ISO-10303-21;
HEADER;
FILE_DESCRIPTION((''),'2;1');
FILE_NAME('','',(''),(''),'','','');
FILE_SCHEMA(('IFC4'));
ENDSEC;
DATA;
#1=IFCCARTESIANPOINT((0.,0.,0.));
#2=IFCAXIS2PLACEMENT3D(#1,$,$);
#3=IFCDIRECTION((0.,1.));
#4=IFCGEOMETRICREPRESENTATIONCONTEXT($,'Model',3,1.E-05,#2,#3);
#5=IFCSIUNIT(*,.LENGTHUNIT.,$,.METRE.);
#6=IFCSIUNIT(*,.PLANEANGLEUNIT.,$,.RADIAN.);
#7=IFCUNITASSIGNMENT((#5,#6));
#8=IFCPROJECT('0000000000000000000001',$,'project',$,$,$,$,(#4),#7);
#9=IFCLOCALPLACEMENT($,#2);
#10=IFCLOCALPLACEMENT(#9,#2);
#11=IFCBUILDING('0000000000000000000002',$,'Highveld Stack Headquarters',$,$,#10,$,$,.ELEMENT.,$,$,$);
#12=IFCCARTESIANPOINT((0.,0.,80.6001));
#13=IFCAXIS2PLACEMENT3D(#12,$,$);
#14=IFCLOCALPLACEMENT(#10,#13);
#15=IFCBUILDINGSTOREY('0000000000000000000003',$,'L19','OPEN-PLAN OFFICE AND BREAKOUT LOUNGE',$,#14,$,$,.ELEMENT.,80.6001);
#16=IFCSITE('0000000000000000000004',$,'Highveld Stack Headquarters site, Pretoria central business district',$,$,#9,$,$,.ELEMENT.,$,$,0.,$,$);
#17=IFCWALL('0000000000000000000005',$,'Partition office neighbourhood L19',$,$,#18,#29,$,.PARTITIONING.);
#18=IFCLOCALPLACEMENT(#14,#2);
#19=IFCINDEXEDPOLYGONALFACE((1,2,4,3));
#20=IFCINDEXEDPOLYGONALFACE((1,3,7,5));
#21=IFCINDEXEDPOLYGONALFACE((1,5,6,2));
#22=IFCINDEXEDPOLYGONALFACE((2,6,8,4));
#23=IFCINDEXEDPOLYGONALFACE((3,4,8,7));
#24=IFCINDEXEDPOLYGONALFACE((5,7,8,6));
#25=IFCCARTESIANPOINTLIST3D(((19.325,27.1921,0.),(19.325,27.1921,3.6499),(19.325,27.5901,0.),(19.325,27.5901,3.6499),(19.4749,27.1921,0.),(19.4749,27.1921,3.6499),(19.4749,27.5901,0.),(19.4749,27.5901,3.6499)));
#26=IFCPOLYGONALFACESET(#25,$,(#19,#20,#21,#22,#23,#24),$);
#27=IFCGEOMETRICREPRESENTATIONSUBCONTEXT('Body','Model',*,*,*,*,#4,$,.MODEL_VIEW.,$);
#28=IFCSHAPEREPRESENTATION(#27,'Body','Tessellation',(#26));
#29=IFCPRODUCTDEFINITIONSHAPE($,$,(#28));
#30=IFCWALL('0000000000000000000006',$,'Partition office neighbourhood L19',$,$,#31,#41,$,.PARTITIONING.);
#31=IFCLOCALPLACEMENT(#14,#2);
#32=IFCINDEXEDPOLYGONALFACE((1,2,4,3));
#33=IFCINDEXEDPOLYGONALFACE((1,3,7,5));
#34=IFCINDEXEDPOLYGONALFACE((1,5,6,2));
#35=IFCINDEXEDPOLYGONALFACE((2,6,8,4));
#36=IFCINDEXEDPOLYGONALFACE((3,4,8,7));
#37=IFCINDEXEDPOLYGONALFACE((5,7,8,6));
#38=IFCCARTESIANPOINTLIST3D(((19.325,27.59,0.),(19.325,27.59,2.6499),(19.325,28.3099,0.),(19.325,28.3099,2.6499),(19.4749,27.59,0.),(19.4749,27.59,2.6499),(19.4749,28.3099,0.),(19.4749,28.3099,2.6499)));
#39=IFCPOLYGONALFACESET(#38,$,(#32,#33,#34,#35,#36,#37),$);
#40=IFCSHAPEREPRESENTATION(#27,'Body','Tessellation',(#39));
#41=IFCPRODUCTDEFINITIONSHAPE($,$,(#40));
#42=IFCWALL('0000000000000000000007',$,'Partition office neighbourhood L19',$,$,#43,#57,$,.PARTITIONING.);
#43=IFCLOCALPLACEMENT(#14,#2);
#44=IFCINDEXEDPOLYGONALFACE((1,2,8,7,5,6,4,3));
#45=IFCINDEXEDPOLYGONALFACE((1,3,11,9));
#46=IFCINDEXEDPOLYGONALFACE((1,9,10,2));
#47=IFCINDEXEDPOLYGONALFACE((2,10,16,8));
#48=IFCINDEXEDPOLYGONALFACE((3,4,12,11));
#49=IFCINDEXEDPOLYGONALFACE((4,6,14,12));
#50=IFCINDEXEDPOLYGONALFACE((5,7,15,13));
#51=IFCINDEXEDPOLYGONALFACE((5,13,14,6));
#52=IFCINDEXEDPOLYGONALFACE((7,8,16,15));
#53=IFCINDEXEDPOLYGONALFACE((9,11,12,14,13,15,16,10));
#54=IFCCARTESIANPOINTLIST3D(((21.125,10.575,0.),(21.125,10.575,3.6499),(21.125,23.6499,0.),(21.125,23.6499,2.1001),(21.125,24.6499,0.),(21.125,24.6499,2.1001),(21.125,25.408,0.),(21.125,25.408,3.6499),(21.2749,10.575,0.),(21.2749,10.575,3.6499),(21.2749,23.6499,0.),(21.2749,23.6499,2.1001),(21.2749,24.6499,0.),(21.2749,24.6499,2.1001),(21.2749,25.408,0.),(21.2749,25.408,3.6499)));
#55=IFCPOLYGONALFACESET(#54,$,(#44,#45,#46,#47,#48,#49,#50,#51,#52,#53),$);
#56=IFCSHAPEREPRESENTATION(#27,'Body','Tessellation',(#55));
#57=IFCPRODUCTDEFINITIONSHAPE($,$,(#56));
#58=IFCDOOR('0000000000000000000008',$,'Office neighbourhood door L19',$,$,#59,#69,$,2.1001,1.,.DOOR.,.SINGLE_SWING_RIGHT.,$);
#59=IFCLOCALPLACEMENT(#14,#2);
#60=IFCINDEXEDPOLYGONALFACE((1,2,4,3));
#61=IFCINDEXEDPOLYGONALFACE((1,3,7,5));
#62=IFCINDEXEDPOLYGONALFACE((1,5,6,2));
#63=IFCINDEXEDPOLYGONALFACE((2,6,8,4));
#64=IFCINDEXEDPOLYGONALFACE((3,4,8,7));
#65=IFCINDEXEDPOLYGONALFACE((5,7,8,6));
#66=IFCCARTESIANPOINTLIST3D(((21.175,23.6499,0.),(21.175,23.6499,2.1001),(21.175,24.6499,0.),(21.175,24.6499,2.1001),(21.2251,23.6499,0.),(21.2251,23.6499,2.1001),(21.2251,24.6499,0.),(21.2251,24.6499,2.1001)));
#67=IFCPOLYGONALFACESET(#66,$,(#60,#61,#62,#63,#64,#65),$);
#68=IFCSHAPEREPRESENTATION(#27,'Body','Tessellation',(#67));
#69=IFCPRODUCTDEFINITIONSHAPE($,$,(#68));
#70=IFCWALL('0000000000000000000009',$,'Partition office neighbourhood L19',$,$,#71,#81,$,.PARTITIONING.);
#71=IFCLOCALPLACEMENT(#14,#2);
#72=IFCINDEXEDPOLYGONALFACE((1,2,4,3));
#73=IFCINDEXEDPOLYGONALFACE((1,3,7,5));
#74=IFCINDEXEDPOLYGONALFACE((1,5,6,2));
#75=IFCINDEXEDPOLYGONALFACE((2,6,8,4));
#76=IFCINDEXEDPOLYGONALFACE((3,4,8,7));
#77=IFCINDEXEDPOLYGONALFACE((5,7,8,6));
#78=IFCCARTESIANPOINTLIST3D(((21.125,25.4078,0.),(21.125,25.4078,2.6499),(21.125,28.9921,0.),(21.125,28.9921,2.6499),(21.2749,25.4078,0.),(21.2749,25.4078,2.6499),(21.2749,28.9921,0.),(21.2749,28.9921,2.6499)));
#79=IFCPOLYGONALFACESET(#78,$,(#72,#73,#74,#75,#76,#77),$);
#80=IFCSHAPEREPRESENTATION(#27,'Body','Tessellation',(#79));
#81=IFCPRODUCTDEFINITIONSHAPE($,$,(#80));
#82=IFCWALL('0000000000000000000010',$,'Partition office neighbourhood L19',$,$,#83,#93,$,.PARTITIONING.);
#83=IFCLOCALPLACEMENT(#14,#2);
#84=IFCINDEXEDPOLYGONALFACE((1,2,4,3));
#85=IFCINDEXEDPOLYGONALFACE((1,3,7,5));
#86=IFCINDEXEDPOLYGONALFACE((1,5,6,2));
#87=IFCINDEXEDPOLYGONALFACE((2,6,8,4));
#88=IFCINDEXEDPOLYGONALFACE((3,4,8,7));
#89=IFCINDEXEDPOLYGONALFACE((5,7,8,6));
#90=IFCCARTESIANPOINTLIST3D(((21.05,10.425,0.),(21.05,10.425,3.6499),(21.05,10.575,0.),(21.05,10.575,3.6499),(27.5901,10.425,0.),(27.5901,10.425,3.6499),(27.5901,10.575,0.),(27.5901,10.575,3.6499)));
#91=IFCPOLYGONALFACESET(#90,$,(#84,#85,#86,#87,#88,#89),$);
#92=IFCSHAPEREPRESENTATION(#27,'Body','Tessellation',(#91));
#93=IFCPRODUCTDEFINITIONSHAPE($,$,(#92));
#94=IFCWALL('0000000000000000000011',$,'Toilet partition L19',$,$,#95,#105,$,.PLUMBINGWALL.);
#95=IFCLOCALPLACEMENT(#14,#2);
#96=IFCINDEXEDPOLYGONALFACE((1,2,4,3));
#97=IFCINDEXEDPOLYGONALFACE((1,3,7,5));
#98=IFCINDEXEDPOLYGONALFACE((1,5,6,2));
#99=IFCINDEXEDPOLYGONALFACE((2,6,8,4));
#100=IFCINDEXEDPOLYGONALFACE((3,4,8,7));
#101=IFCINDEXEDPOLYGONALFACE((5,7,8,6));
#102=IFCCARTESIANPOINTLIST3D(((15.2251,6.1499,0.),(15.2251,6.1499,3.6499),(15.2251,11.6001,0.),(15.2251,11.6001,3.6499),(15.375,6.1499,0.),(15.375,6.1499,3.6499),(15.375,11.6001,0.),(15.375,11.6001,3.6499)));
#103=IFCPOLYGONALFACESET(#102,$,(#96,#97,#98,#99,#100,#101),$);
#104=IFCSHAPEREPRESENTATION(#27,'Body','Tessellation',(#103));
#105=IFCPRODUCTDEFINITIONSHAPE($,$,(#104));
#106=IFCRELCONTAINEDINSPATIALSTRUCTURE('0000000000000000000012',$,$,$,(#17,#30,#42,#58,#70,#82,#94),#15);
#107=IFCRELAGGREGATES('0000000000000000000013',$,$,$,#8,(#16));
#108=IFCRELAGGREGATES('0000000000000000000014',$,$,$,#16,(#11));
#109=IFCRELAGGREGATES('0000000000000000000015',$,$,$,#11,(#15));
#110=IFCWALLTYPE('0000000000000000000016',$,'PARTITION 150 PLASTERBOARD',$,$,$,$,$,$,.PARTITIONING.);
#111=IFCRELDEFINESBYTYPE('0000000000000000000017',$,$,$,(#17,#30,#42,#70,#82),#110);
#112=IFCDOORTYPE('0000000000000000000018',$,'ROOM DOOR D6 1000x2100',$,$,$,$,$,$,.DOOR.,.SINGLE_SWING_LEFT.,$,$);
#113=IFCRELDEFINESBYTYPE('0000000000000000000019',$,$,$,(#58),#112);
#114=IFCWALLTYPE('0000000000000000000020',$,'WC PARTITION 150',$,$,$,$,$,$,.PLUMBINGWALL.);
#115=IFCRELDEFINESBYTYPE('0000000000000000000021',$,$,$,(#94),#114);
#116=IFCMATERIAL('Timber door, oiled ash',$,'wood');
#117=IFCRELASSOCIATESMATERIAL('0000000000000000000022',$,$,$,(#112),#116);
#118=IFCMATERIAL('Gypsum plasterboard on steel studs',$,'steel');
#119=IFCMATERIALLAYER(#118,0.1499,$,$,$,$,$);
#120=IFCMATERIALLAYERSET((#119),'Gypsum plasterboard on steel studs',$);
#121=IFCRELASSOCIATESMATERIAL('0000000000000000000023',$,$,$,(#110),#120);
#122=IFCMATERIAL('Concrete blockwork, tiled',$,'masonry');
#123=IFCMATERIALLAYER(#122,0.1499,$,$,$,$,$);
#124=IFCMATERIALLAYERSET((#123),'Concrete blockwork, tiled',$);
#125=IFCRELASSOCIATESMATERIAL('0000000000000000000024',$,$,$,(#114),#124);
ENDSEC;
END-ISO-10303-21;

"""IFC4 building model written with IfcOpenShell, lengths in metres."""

from ifc_helpers import new_model, si_unit, direction, frame, frame_2d, origin, place, context, subcontext, project, spatial, rectangle, extrude, material, layer, layer_set, type_object, element, fill, save


model = new_model("IFC4")

# Units and contexts
model_context = context("Model", 3, precision=1e-05, world=origin(), true_north=direction((0.0, 1.0)))
body_context = subcontext(model_context, "Body", "Model", "MODEL_VIEW")
ifc_project = project(units=[si_unit("LENGTHUNIT", "METRE"), si_unit("PLANEANGLEUNIT", "RADIAN")], contexts=[model_context])

# Site, building, storey
site_placement = place(None, origin())
site = spatial("IfcSite", under=ifc_project, at=site_placement, Name="Highveld Stack Headquarters site, Pretoria central business district", CompositionType="ELEMENT", RefElevation=0.0)
building_placement = place(site_placement, origin())
building = spatial("IfcBuilding", under=site, at=building_placement, Name="Highveld Stack Headquarters", CompositionType="ELEMENT")
storey_placement = place(building_placement, frame((0.0, 0.0, 80.6001)))
storey = spatial("IfcBuildingStorey", under=building, at=storey_placement, Name="L19", Description="OPEN-PLAN OFFICE AND BREAKOUT LOUNGE", CompositionType="ELEMENT", Elevation=80.6001)

# Shared definitions
ifc_material_1 = material(Name="Timber door, oiled ash", Category="wood")
door_type = type_object("IfcDoorType", Name="ROOM DOOR D6 1000x2100", OperationType="SINGLE_SWING_LEFT", PredefinedType="DOOR", material=ifc_material_1)

# Shared definitions
ifc_material_2 = material(Name="Gypsum plasterboard on steel studs", Category="steel")
ifc_layer_1 = layer(ifc_material_2, 0.1499)
ifc_layer_set_1 = layer_set([ifc_layer_1], Name="Gypsum plasterboard on steel studs")
wall_type_1 = type_object("IfcWallType", Name="PARTITION 150 PLASTERBOARD", PredefinedType="PARTITIONING", material=ifc_layer_set_1)

# Walls
wall_1_placement = place(storey_placement, frame((19.3999, 27.1921, 0.0), z_axis=(0.0, 0.0, 1.0), x_axis=(0.0, 1.0, 0.0)))
element("IfcWall", 1, at=wall_1_placement, inside=storey, type_object=wall_type_1, Name="Partition office neighbourhood L19", PredefinedType="PARTITIONING", context=body_context, shape_type="SweptSolid", body=[
    extrude(rectangle(XDim=0.3979, YDim=0.1499, at=frame_2d((0.199, 0.0))), origin(), (0.0, 0.0, 1.0), 3.6499),
])
wall_2_placement = place(storey_placement, frame((19.3999, 27.5901, 0.0), z_axis=(0.0, 0.0, 1.0), x_axis=(0.0, 1.0, 0.0)))
element("IfcWall", 2, at=wall_2_placement, inside=storey, type_object=wall_type_1, Name="Partition office neighbourhood L19", PredefinedType="PARTITIONING", context=body_context, shape_type="SweptSolid", body=[
    extrude(rectangle(XDim=0.72, YDim=0.1499, at=frame_2d((0.3599, 0.0))), origin(), (0.0, 0.0, 1.0), 2.6499),
])

# Wall, opening, door
wall_3_placement = place(storey_placement, frame((21.2, 10.575, 0.0), z_axis=(0.0, 0.0, 1.0), x_axis=(0.0, 1.0, 0.0)))
wall_3 = element("IfcWall", 3, at=wall_3_placement, inside=storey, type_object=wall_type_1, Name="Partition office neighbourhood L19", PredefinedType="PARTITIONING", context=body_context, shape_type="SweptSolid", body=[
    extrude(rectangle(XDim=14.833, YDim=0.1499, at=frame_2d((7.4165, 0.0))), origin(), (0.0, 0.0, 1.0), 3.6499),
])
opening_1_placement = place(wall_3_placement, frame((13.075, 0.0, 0.0)))
opening_1 = element("IfcOpeningElement", 4, at=opening_1_placement, cuts=wall_3, PredefinedType="OPENING", context=body_context, shape_type="SweptSolid", body=[
    extrude(rectangle(XDim=1.0, YDim=2.1001, at=frame_2d((0.5, 1.05))), frame((0.0, 0.085, 0.0), z_axis=(0.0, -1.0, 0.0), x_axis=(1.0, 0.0, 0.0)), (0.0, 0.0, 1.0), 0.1699),
])
door_1_placement = place(opening_1_placement, origin())
door_1 = element("IfcDoor", 5, at=door_1_placement, inside=storey, type_object=door_type, Name="Office neighbourhood door L19", OperationType="SINGLE_SWING_RIGHT", OverallHeight=2.1001, OverallWidth=1.0, PredefinedType="DOOR", context=body_context, shape_type="SweptSolid", body=[
    extrude(rectangle(XDim=1.0, YDim=2.1001, at=frame_2d((0.5, 1.05))), frame((0.0, 0.0249, 0.0), z_axis=(0.0, -1.0, 0.0), x_axis=(1.0, 0.0, 0.0)), (0.0, 0.0, 1.0), 0.05),
])
fill(opening_1, door_1)

# Walls
wall_4_placement = place(storey_placement, frame((21.2, 25.408, 0.0), z_axis=(0.0, 0.0, 1.0), x_axis=(0.0, 1.0, 0.0)))
element("IfcWall", 6, at=wall_4_placement, inside=storey, type_object=wall_type_1, Name="Partition office neighbourhood L19", PredefinedType="PARTITIONING", context=body_context, shape_type="SweptSolid", body=[
    extrude(rectangle(XDim=3.5842, YDim=0.1499, at=frame_2d((1.792, 0.0))), origin(), (0.0, 0.0, 1.0), 2.6499),
])
wall_5_placement = place(storey_placement, frame((21.05, 10.5, 0.0), z_axis=(0.0, 0.0, 1.0), x_axis=(1.0, 0.0, 0.0)))
element("IfcWall", 7, at=wall_5_placement, inside=storey, type_object=wall_type_1, Name="Partition office neighbourhood L19", PredefinedType="PARTITIONING", context=body_context, shape_type="SweptSolid", body=[
    extrude(rectangle(XDim=6.54, YDim=0.1499, at=frame_2d((3.27, 0.0))), origin(), (0.0, 0.0, 1.0), 3.6499),
])
ifc_material_3 = material(Name="Concrete blockwork, tiled", Category="masonry")
ifc_layer_2 = layer(ifc_material_3, 0.1499)
ifc_layer_set_2 = layer_set([ifc_layer_2], Name="Concrete blockwork, tiled")
wall_type_2 = type_object("IfcWallType", Name="WC PARTITION 150", PredefinedType="PLUMBINGWALL", material=ifc_layer_set_2)
wall_6_placement = place(storey_placement, frame((15.3, 6.1499, 0.0), z_axis=(0.0, 0.0, 1.0), x_axis=(0.0, 1.0, 0.0)))
element("IfcWall", 8, at=wall_6_placement, inside=storey, type_object=wall_type_2, Name="Toilet partition L19", PredefinedType="PLUMBINGWALL", context=body_context, shape_type="SweptSolid", body=[
    extrude(rectangle(XDim=5.4502, YDim=0.1499, at=frame_2d((2.7251, 0.0))), origin(), (0.0, 0.0, 1.0), 3.6499),
])

save(model, "model.ifc")
